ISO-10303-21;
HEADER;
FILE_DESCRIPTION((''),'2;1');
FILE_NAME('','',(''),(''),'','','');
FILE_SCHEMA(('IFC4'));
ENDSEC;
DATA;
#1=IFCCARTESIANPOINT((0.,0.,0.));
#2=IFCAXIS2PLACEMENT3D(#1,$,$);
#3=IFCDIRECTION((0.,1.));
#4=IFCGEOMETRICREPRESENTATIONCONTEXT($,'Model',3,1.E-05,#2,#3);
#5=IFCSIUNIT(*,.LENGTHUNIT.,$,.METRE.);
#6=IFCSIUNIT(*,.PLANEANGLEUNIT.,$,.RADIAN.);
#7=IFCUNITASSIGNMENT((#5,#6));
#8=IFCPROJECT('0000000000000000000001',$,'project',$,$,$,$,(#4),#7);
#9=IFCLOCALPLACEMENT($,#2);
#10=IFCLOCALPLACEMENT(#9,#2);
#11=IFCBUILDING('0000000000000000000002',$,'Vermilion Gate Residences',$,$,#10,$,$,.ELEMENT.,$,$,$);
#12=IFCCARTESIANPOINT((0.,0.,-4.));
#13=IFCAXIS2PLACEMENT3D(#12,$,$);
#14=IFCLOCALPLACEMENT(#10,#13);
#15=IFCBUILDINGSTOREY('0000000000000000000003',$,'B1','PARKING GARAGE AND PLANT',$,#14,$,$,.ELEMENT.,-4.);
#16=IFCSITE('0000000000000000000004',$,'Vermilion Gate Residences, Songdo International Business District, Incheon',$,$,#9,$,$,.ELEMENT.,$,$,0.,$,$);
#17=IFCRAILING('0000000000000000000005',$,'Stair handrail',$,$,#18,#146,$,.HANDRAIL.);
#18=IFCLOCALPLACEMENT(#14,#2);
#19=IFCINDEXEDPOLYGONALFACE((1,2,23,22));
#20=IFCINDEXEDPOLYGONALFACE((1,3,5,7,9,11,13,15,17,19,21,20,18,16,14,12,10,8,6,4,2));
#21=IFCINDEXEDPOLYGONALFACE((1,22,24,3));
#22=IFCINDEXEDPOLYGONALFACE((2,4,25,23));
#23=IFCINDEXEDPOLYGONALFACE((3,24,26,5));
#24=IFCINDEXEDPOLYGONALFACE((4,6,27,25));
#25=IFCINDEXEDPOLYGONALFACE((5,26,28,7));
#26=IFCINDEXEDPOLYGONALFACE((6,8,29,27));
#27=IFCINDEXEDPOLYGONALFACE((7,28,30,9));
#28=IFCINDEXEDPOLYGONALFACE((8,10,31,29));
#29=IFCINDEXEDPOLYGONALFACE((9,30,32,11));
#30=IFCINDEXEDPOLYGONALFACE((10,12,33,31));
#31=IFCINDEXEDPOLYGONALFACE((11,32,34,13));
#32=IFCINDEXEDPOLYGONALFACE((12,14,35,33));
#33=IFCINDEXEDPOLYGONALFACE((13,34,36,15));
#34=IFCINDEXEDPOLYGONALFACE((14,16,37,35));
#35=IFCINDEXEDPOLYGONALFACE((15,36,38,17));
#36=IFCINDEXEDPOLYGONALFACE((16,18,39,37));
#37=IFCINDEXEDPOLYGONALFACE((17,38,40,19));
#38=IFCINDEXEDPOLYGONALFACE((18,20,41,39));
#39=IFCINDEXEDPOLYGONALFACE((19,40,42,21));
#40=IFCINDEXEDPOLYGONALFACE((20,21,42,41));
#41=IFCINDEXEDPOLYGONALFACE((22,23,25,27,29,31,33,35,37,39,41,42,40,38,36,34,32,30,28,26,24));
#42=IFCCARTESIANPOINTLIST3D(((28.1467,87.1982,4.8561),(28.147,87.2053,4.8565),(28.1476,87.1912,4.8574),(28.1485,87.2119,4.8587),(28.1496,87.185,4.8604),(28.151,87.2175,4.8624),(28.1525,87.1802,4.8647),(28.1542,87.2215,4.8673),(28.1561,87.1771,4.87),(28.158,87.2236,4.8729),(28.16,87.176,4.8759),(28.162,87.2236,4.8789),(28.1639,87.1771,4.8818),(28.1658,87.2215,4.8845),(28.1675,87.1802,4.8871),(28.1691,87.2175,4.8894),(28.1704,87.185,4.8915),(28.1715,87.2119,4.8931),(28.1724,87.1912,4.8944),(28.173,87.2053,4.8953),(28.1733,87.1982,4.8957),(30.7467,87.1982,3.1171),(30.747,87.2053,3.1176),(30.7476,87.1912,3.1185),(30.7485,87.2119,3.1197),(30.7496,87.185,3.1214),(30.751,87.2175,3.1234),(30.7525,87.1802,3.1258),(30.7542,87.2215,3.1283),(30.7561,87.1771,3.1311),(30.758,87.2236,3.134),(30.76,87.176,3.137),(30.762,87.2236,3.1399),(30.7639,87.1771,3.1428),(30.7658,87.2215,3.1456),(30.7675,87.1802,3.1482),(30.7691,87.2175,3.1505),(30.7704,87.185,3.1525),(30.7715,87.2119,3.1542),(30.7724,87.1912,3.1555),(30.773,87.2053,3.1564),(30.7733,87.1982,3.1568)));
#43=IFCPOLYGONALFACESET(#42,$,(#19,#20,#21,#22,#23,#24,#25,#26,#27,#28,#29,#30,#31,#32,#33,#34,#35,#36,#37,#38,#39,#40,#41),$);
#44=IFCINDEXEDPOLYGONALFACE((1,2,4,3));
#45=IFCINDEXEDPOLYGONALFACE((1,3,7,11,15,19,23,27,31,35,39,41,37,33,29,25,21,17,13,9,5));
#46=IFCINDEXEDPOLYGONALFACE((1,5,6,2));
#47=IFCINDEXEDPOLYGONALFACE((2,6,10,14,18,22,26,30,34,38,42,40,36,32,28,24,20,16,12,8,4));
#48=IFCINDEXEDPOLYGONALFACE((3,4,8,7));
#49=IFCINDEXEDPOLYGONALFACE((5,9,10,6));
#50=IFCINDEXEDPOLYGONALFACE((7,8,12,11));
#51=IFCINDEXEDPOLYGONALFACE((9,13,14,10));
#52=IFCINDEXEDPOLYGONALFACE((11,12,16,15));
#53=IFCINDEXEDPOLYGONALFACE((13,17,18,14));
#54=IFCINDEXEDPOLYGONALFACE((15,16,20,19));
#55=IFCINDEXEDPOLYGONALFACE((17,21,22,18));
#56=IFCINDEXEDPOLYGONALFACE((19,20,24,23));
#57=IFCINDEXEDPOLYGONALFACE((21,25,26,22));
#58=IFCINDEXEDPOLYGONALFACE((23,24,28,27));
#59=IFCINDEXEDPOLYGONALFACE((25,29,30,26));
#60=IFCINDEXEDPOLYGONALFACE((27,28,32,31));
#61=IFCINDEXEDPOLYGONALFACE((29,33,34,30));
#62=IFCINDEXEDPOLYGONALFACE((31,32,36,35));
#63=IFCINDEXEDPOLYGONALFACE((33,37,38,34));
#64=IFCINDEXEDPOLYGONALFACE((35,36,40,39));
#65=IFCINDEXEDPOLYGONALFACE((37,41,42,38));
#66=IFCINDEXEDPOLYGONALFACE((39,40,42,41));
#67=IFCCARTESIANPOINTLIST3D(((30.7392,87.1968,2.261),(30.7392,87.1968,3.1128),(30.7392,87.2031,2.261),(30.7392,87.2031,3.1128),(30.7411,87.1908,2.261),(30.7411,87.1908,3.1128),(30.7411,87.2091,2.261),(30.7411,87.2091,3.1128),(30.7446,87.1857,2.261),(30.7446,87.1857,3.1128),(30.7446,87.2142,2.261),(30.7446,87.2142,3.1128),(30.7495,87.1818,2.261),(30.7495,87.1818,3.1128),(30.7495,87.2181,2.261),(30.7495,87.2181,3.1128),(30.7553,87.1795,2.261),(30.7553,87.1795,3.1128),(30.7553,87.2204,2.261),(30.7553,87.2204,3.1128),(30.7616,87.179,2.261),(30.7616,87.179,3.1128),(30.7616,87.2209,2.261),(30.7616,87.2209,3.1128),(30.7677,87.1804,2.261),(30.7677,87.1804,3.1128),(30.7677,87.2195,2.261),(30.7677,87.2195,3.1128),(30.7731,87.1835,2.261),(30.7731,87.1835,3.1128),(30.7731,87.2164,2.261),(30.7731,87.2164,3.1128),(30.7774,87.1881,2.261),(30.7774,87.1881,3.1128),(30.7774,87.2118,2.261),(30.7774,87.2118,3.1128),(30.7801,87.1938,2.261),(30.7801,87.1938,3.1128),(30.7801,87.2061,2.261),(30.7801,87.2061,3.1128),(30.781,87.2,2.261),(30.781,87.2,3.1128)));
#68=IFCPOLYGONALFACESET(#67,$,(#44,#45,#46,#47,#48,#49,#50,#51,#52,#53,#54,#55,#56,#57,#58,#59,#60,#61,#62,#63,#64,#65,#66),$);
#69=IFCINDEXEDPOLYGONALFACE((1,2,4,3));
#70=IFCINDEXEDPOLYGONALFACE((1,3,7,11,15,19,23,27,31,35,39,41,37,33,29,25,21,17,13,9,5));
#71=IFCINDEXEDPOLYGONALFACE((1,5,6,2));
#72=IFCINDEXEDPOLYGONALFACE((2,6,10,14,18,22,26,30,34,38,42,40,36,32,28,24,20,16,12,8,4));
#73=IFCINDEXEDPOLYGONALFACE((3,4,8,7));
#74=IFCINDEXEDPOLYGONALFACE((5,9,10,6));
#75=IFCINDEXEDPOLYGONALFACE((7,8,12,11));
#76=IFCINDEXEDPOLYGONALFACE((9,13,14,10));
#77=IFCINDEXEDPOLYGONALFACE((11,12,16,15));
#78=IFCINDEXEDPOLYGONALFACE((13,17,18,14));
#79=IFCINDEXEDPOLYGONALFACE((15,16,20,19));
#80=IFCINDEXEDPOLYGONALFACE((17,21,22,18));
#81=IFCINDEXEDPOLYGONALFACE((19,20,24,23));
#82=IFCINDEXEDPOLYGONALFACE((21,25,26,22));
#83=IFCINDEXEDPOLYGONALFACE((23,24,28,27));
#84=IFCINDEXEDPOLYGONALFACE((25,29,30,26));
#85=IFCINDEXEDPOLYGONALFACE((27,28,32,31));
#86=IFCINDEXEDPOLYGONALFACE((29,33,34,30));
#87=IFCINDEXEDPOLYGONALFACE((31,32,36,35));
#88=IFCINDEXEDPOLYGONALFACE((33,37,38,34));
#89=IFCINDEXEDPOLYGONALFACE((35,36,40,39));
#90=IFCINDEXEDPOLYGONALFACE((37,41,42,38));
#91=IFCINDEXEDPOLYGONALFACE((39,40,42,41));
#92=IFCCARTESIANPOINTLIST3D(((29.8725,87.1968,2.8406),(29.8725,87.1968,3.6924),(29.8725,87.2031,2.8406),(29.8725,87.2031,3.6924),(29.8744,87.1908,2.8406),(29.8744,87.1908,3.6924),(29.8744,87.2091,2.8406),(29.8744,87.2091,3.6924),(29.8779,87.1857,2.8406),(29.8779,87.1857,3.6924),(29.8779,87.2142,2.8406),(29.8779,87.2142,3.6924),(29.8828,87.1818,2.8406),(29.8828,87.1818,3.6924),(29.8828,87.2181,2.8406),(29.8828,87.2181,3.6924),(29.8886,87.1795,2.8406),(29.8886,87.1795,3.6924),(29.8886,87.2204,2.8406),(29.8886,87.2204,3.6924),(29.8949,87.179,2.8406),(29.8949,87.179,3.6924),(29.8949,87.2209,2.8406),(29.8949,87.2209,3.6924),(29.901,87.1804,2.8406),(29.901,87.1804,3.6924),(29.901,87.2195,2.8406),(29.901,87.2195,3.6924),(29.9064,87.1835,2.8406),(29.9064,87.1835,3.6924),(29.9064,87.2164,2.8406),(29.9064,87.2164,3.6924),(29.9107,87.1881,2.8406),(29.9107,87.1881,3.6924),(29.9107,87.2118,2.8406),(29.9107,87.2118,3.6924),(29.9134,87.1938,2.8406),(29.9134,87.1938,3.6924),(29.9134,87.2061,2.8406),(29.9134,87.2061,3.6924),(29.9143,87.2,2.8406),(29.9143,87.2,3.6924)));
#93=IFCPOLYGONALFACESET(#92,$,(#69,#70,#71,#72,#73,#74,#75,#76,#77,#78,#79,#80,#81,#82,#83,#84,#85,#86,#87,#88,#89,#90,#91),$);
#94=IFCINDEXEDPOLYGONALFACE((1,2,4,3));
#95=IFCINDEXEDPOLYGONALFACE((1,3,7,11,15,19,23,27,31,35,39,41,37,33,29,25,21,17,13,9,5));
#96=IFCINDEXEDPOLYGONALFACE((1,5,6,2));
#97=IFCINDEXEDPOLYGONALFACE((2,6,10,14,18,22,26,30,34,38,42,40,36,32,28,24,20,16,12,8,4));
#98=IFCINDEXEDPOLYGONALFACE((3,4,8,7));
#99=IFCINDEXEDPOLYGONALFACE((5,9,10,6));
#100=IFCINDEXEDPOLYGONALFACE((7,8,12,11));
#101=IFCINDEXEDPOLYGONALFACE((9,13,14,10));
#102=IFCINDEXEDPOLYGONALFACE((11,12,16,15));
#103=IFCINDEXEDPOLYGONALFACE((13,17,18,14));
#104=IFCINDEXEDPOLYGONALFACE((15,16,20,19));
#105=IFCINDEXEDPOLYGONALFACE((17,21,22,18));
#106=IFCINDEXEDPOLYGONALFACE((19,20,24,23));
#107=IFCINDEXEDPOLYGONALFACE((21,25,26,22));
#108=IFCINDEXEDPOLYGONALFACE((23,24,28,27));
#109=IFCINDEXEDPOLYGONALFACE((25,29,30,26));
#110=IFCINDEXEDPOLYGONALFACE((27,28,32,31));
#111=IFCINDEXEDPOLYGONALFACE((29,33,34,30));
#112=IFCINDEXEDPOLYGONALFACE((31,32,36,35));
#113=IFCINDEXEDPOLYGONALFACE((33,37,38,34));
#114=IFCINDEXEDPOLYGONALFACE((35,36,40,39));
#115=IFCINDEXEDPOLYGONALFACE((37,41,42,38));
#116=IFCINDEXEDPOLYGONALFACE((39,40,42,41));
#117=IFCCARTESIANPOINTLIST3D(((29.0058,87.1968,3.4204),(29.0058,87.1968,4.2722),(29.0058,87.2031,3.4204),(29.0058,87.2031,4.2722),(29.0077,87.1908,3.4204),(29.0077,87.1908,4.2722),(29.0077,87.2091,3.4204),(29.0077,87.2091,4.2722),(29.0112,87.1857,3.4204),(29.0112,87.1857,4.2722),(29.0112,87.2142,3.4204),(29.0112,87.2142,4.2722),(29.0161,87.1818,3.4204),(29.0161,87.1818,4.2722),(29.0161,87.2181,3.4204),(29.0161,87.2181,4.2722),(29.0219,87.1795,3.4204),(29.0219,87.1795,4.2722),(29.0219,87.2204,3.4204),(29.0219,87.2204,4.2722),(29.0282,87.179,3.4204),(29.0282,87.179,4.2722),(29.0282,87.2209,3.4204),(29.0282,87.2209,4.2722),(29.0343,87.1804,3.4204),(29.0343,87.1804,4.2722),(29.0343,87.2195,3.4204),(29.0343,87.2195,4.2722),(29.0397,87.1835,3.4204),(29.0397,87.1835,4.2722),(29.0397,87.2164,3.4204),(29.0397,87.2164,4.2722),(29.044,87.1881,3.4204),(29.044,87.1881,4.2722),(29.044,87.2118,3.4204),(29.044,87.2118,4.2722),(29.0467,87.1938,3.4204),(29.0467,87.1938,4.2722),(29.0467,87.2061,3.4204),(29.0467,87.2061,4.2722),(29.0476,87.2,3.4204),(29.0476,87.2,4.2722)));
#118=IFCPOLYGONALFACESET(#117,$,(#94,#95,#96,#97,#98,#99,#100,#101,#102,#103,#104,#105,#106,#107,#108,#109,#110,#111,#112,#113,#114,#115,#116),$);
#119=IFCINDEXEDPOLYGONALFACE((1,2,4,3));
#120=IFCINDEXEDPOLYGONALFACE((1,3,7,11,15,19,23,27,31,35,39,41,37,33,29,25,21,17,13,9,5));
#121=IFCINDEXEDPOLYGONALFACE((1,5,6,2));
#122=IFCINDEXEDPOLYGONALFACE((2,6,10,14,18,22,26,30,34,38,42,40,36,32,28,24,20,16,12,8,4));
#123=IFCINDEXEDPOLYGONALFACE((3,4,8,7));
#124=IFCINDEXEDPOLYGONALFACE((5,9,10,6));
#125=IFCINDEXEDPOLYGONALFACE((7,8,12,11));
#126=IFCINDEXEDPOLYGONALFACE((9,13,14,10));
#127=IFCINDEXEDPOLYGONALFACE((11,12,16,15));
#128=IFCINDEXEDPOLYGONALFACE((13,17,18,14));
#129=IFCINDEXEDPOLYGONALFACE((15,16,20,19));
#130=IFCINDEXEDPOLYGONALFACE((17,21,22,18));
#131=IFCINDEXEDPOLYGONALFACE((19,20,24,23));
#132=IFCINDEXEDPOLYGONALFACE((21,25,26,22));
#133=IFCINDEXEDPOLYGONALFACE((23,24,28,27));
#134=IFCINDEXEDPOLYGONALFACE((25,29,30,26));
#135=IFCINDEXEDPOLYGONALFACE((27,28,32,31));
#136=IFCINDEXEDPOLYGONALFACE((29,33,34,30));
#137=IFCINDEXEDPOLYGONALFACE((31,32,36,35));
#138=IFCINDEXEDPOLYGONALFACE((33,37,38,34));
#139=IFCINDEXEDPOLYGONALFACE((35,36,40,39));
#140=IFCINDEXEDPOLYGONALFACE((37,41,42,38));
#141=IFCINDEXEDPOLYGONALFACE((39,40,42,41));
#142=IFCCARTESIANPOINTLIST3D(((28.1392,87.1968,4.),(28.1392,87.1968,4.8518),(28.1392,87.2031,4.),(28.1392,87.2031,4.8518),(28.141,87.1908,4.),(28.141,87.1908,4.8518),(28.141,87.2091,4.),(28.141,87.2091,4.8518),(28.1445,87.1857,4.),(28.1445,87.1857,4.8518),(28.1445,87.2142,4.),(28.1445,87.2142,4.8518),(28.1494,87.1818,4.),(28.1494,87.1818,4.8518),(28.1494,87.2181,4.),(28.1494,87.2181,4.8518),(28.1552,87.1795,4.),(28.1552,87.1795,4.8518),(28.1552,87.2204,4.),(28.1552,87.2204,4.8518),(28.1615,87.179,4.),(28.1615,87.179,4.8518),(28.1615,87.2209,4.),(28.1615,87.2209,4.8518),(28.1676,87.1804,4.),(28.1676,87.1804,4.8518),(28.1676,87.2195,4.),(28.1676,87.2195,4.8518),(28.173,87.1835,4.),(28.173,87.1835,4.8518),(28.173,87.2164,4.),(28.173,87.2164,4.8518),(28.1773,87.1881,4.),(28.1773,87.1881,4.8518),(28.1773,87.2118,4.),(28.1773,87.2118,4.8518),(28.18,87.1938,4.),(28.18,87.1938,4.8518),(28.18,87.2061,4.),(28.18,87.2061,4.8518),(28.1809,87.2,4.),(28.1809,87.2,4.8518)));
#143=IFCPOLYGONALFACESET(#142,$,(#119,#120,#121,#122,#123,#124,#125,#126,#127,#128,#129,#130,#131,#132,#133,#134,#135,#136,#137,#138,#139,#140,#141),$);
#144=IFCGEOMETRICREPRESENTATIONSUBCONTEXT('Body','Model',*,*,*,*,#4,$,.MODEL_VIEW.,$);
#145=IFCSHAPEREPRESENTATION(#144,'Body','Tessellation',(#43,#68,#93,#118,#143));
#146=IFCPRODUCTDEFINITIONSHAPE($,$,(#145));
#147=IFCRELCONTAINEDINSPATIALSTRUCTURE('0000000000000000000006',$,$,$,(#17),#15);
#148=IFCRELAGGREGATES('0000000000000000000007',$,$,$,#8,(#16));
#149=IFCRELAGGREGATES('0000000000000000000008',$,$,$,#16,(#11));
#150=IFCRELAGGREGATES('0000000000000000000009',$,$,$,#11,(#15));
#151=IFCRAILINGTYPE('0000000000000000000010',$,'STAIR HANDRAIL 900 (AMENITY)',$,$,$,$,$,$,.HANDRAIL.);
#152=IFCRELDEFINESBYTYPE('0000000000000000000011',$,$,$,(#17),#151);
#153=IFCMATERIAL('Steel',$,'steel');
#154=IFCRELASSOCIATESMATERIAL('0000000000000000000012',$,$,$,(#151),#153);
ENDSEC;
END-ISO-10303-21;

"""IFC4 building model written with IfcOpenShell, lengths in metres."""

from ifc_helpers import new_model, si_unit, direction, frame, origin, origin_2d, place, context, subcontext, project, spatial, circle, extrude, material, type_object, element, save


model = new_model("IFC4")

# Units and contexts
model_context = context("Model", 3, precision=1e-05, world=origin(), true_north=direction((0.0, 1.0)))
body_context = subcontext(model_context, "Body", "Model", "MODEL_VIEW")
ifc_project = project(units=[si_unit("LENGTHUNIT", "METRE"), si_unit("PLANEANGLEUNIT", "RADIAN")], contexts=[model_context])

# Site, building, storey
site_placement = place(None, origin())
site = spatial("IfcSite", under=ifc_project, at=site_placement, Name="Vermilion Gate Residences, Songdo International Business District, Incheon", CompositionType="ELEMENT", RefElevation=0.0)
building_placement = place(site_placement, origin())
building = spatial("IfcBuilding", under=site, at=building_placement, Name="Vermilion Gate Residences", CompositionType="ELEMENT")
storey_placement = place(building_placement, frame((0.0, 0.0, -4.0)))
storey = spatial("IfcBuildingStorey", under=building, at=storey_placement, Name="B1", Description="PARKING GARAGE AND PLANT", CompositionType="ELEMENT", Elevation=-4.0)

# Railing
ifc_material_1 = material(Name="Steel", Category="steel")
railing_type = type_object("IfcRailingType", Name="STAIR HANDRAIL 900 (AMENITY)", PredefinedType="HANDRAIL", material=ifc_material_1)
for number, where, name in (
    (1, (30.76, 87.2, 2.261), "Stair handrail"),
):
    element("IfcRailing", number, at=place(storey_placement, frame(where)), inside=storey, type_object=railing_type, Name=name, PredefinedType="HANDRAIL", context=body_context, shape_type="SweptSolid", body=[
        extrude(circle(Radius=0.0239, at=origin_2d()), frame((0.0, 0.0, 0.876), z_axis=(-0.831221, 0.0, 0.555942), x_axis=(0.0, -1.0, 0.0)), (0.0, 0.0, 1.0), 3.1279),
        extrude(circle(Radius=0.021, at=origin_2d()), origin(), (0.0, 0.0, 1.0), 0.8518),
        extrude(circle(Radius=0.021, at=origin_2d()), frame((-0.8667, 0.0, 0.5796)), (0.0, 0.0, 1.0), 0.8518),
        extrude(circle(Radius=0.021, at=origin_2d()), frame((-1.7334, 0.0, 1.1594)), (0.0, 0.0, 1.0), 0.8518),
        extrude(circle(Radius=0.021, at=origin_2d()), frame((-2.6001, 0.0, 1.739)), (0.0, 0.0, 1.0), 0.8518),
    ])

save(model, "model.ifc")
